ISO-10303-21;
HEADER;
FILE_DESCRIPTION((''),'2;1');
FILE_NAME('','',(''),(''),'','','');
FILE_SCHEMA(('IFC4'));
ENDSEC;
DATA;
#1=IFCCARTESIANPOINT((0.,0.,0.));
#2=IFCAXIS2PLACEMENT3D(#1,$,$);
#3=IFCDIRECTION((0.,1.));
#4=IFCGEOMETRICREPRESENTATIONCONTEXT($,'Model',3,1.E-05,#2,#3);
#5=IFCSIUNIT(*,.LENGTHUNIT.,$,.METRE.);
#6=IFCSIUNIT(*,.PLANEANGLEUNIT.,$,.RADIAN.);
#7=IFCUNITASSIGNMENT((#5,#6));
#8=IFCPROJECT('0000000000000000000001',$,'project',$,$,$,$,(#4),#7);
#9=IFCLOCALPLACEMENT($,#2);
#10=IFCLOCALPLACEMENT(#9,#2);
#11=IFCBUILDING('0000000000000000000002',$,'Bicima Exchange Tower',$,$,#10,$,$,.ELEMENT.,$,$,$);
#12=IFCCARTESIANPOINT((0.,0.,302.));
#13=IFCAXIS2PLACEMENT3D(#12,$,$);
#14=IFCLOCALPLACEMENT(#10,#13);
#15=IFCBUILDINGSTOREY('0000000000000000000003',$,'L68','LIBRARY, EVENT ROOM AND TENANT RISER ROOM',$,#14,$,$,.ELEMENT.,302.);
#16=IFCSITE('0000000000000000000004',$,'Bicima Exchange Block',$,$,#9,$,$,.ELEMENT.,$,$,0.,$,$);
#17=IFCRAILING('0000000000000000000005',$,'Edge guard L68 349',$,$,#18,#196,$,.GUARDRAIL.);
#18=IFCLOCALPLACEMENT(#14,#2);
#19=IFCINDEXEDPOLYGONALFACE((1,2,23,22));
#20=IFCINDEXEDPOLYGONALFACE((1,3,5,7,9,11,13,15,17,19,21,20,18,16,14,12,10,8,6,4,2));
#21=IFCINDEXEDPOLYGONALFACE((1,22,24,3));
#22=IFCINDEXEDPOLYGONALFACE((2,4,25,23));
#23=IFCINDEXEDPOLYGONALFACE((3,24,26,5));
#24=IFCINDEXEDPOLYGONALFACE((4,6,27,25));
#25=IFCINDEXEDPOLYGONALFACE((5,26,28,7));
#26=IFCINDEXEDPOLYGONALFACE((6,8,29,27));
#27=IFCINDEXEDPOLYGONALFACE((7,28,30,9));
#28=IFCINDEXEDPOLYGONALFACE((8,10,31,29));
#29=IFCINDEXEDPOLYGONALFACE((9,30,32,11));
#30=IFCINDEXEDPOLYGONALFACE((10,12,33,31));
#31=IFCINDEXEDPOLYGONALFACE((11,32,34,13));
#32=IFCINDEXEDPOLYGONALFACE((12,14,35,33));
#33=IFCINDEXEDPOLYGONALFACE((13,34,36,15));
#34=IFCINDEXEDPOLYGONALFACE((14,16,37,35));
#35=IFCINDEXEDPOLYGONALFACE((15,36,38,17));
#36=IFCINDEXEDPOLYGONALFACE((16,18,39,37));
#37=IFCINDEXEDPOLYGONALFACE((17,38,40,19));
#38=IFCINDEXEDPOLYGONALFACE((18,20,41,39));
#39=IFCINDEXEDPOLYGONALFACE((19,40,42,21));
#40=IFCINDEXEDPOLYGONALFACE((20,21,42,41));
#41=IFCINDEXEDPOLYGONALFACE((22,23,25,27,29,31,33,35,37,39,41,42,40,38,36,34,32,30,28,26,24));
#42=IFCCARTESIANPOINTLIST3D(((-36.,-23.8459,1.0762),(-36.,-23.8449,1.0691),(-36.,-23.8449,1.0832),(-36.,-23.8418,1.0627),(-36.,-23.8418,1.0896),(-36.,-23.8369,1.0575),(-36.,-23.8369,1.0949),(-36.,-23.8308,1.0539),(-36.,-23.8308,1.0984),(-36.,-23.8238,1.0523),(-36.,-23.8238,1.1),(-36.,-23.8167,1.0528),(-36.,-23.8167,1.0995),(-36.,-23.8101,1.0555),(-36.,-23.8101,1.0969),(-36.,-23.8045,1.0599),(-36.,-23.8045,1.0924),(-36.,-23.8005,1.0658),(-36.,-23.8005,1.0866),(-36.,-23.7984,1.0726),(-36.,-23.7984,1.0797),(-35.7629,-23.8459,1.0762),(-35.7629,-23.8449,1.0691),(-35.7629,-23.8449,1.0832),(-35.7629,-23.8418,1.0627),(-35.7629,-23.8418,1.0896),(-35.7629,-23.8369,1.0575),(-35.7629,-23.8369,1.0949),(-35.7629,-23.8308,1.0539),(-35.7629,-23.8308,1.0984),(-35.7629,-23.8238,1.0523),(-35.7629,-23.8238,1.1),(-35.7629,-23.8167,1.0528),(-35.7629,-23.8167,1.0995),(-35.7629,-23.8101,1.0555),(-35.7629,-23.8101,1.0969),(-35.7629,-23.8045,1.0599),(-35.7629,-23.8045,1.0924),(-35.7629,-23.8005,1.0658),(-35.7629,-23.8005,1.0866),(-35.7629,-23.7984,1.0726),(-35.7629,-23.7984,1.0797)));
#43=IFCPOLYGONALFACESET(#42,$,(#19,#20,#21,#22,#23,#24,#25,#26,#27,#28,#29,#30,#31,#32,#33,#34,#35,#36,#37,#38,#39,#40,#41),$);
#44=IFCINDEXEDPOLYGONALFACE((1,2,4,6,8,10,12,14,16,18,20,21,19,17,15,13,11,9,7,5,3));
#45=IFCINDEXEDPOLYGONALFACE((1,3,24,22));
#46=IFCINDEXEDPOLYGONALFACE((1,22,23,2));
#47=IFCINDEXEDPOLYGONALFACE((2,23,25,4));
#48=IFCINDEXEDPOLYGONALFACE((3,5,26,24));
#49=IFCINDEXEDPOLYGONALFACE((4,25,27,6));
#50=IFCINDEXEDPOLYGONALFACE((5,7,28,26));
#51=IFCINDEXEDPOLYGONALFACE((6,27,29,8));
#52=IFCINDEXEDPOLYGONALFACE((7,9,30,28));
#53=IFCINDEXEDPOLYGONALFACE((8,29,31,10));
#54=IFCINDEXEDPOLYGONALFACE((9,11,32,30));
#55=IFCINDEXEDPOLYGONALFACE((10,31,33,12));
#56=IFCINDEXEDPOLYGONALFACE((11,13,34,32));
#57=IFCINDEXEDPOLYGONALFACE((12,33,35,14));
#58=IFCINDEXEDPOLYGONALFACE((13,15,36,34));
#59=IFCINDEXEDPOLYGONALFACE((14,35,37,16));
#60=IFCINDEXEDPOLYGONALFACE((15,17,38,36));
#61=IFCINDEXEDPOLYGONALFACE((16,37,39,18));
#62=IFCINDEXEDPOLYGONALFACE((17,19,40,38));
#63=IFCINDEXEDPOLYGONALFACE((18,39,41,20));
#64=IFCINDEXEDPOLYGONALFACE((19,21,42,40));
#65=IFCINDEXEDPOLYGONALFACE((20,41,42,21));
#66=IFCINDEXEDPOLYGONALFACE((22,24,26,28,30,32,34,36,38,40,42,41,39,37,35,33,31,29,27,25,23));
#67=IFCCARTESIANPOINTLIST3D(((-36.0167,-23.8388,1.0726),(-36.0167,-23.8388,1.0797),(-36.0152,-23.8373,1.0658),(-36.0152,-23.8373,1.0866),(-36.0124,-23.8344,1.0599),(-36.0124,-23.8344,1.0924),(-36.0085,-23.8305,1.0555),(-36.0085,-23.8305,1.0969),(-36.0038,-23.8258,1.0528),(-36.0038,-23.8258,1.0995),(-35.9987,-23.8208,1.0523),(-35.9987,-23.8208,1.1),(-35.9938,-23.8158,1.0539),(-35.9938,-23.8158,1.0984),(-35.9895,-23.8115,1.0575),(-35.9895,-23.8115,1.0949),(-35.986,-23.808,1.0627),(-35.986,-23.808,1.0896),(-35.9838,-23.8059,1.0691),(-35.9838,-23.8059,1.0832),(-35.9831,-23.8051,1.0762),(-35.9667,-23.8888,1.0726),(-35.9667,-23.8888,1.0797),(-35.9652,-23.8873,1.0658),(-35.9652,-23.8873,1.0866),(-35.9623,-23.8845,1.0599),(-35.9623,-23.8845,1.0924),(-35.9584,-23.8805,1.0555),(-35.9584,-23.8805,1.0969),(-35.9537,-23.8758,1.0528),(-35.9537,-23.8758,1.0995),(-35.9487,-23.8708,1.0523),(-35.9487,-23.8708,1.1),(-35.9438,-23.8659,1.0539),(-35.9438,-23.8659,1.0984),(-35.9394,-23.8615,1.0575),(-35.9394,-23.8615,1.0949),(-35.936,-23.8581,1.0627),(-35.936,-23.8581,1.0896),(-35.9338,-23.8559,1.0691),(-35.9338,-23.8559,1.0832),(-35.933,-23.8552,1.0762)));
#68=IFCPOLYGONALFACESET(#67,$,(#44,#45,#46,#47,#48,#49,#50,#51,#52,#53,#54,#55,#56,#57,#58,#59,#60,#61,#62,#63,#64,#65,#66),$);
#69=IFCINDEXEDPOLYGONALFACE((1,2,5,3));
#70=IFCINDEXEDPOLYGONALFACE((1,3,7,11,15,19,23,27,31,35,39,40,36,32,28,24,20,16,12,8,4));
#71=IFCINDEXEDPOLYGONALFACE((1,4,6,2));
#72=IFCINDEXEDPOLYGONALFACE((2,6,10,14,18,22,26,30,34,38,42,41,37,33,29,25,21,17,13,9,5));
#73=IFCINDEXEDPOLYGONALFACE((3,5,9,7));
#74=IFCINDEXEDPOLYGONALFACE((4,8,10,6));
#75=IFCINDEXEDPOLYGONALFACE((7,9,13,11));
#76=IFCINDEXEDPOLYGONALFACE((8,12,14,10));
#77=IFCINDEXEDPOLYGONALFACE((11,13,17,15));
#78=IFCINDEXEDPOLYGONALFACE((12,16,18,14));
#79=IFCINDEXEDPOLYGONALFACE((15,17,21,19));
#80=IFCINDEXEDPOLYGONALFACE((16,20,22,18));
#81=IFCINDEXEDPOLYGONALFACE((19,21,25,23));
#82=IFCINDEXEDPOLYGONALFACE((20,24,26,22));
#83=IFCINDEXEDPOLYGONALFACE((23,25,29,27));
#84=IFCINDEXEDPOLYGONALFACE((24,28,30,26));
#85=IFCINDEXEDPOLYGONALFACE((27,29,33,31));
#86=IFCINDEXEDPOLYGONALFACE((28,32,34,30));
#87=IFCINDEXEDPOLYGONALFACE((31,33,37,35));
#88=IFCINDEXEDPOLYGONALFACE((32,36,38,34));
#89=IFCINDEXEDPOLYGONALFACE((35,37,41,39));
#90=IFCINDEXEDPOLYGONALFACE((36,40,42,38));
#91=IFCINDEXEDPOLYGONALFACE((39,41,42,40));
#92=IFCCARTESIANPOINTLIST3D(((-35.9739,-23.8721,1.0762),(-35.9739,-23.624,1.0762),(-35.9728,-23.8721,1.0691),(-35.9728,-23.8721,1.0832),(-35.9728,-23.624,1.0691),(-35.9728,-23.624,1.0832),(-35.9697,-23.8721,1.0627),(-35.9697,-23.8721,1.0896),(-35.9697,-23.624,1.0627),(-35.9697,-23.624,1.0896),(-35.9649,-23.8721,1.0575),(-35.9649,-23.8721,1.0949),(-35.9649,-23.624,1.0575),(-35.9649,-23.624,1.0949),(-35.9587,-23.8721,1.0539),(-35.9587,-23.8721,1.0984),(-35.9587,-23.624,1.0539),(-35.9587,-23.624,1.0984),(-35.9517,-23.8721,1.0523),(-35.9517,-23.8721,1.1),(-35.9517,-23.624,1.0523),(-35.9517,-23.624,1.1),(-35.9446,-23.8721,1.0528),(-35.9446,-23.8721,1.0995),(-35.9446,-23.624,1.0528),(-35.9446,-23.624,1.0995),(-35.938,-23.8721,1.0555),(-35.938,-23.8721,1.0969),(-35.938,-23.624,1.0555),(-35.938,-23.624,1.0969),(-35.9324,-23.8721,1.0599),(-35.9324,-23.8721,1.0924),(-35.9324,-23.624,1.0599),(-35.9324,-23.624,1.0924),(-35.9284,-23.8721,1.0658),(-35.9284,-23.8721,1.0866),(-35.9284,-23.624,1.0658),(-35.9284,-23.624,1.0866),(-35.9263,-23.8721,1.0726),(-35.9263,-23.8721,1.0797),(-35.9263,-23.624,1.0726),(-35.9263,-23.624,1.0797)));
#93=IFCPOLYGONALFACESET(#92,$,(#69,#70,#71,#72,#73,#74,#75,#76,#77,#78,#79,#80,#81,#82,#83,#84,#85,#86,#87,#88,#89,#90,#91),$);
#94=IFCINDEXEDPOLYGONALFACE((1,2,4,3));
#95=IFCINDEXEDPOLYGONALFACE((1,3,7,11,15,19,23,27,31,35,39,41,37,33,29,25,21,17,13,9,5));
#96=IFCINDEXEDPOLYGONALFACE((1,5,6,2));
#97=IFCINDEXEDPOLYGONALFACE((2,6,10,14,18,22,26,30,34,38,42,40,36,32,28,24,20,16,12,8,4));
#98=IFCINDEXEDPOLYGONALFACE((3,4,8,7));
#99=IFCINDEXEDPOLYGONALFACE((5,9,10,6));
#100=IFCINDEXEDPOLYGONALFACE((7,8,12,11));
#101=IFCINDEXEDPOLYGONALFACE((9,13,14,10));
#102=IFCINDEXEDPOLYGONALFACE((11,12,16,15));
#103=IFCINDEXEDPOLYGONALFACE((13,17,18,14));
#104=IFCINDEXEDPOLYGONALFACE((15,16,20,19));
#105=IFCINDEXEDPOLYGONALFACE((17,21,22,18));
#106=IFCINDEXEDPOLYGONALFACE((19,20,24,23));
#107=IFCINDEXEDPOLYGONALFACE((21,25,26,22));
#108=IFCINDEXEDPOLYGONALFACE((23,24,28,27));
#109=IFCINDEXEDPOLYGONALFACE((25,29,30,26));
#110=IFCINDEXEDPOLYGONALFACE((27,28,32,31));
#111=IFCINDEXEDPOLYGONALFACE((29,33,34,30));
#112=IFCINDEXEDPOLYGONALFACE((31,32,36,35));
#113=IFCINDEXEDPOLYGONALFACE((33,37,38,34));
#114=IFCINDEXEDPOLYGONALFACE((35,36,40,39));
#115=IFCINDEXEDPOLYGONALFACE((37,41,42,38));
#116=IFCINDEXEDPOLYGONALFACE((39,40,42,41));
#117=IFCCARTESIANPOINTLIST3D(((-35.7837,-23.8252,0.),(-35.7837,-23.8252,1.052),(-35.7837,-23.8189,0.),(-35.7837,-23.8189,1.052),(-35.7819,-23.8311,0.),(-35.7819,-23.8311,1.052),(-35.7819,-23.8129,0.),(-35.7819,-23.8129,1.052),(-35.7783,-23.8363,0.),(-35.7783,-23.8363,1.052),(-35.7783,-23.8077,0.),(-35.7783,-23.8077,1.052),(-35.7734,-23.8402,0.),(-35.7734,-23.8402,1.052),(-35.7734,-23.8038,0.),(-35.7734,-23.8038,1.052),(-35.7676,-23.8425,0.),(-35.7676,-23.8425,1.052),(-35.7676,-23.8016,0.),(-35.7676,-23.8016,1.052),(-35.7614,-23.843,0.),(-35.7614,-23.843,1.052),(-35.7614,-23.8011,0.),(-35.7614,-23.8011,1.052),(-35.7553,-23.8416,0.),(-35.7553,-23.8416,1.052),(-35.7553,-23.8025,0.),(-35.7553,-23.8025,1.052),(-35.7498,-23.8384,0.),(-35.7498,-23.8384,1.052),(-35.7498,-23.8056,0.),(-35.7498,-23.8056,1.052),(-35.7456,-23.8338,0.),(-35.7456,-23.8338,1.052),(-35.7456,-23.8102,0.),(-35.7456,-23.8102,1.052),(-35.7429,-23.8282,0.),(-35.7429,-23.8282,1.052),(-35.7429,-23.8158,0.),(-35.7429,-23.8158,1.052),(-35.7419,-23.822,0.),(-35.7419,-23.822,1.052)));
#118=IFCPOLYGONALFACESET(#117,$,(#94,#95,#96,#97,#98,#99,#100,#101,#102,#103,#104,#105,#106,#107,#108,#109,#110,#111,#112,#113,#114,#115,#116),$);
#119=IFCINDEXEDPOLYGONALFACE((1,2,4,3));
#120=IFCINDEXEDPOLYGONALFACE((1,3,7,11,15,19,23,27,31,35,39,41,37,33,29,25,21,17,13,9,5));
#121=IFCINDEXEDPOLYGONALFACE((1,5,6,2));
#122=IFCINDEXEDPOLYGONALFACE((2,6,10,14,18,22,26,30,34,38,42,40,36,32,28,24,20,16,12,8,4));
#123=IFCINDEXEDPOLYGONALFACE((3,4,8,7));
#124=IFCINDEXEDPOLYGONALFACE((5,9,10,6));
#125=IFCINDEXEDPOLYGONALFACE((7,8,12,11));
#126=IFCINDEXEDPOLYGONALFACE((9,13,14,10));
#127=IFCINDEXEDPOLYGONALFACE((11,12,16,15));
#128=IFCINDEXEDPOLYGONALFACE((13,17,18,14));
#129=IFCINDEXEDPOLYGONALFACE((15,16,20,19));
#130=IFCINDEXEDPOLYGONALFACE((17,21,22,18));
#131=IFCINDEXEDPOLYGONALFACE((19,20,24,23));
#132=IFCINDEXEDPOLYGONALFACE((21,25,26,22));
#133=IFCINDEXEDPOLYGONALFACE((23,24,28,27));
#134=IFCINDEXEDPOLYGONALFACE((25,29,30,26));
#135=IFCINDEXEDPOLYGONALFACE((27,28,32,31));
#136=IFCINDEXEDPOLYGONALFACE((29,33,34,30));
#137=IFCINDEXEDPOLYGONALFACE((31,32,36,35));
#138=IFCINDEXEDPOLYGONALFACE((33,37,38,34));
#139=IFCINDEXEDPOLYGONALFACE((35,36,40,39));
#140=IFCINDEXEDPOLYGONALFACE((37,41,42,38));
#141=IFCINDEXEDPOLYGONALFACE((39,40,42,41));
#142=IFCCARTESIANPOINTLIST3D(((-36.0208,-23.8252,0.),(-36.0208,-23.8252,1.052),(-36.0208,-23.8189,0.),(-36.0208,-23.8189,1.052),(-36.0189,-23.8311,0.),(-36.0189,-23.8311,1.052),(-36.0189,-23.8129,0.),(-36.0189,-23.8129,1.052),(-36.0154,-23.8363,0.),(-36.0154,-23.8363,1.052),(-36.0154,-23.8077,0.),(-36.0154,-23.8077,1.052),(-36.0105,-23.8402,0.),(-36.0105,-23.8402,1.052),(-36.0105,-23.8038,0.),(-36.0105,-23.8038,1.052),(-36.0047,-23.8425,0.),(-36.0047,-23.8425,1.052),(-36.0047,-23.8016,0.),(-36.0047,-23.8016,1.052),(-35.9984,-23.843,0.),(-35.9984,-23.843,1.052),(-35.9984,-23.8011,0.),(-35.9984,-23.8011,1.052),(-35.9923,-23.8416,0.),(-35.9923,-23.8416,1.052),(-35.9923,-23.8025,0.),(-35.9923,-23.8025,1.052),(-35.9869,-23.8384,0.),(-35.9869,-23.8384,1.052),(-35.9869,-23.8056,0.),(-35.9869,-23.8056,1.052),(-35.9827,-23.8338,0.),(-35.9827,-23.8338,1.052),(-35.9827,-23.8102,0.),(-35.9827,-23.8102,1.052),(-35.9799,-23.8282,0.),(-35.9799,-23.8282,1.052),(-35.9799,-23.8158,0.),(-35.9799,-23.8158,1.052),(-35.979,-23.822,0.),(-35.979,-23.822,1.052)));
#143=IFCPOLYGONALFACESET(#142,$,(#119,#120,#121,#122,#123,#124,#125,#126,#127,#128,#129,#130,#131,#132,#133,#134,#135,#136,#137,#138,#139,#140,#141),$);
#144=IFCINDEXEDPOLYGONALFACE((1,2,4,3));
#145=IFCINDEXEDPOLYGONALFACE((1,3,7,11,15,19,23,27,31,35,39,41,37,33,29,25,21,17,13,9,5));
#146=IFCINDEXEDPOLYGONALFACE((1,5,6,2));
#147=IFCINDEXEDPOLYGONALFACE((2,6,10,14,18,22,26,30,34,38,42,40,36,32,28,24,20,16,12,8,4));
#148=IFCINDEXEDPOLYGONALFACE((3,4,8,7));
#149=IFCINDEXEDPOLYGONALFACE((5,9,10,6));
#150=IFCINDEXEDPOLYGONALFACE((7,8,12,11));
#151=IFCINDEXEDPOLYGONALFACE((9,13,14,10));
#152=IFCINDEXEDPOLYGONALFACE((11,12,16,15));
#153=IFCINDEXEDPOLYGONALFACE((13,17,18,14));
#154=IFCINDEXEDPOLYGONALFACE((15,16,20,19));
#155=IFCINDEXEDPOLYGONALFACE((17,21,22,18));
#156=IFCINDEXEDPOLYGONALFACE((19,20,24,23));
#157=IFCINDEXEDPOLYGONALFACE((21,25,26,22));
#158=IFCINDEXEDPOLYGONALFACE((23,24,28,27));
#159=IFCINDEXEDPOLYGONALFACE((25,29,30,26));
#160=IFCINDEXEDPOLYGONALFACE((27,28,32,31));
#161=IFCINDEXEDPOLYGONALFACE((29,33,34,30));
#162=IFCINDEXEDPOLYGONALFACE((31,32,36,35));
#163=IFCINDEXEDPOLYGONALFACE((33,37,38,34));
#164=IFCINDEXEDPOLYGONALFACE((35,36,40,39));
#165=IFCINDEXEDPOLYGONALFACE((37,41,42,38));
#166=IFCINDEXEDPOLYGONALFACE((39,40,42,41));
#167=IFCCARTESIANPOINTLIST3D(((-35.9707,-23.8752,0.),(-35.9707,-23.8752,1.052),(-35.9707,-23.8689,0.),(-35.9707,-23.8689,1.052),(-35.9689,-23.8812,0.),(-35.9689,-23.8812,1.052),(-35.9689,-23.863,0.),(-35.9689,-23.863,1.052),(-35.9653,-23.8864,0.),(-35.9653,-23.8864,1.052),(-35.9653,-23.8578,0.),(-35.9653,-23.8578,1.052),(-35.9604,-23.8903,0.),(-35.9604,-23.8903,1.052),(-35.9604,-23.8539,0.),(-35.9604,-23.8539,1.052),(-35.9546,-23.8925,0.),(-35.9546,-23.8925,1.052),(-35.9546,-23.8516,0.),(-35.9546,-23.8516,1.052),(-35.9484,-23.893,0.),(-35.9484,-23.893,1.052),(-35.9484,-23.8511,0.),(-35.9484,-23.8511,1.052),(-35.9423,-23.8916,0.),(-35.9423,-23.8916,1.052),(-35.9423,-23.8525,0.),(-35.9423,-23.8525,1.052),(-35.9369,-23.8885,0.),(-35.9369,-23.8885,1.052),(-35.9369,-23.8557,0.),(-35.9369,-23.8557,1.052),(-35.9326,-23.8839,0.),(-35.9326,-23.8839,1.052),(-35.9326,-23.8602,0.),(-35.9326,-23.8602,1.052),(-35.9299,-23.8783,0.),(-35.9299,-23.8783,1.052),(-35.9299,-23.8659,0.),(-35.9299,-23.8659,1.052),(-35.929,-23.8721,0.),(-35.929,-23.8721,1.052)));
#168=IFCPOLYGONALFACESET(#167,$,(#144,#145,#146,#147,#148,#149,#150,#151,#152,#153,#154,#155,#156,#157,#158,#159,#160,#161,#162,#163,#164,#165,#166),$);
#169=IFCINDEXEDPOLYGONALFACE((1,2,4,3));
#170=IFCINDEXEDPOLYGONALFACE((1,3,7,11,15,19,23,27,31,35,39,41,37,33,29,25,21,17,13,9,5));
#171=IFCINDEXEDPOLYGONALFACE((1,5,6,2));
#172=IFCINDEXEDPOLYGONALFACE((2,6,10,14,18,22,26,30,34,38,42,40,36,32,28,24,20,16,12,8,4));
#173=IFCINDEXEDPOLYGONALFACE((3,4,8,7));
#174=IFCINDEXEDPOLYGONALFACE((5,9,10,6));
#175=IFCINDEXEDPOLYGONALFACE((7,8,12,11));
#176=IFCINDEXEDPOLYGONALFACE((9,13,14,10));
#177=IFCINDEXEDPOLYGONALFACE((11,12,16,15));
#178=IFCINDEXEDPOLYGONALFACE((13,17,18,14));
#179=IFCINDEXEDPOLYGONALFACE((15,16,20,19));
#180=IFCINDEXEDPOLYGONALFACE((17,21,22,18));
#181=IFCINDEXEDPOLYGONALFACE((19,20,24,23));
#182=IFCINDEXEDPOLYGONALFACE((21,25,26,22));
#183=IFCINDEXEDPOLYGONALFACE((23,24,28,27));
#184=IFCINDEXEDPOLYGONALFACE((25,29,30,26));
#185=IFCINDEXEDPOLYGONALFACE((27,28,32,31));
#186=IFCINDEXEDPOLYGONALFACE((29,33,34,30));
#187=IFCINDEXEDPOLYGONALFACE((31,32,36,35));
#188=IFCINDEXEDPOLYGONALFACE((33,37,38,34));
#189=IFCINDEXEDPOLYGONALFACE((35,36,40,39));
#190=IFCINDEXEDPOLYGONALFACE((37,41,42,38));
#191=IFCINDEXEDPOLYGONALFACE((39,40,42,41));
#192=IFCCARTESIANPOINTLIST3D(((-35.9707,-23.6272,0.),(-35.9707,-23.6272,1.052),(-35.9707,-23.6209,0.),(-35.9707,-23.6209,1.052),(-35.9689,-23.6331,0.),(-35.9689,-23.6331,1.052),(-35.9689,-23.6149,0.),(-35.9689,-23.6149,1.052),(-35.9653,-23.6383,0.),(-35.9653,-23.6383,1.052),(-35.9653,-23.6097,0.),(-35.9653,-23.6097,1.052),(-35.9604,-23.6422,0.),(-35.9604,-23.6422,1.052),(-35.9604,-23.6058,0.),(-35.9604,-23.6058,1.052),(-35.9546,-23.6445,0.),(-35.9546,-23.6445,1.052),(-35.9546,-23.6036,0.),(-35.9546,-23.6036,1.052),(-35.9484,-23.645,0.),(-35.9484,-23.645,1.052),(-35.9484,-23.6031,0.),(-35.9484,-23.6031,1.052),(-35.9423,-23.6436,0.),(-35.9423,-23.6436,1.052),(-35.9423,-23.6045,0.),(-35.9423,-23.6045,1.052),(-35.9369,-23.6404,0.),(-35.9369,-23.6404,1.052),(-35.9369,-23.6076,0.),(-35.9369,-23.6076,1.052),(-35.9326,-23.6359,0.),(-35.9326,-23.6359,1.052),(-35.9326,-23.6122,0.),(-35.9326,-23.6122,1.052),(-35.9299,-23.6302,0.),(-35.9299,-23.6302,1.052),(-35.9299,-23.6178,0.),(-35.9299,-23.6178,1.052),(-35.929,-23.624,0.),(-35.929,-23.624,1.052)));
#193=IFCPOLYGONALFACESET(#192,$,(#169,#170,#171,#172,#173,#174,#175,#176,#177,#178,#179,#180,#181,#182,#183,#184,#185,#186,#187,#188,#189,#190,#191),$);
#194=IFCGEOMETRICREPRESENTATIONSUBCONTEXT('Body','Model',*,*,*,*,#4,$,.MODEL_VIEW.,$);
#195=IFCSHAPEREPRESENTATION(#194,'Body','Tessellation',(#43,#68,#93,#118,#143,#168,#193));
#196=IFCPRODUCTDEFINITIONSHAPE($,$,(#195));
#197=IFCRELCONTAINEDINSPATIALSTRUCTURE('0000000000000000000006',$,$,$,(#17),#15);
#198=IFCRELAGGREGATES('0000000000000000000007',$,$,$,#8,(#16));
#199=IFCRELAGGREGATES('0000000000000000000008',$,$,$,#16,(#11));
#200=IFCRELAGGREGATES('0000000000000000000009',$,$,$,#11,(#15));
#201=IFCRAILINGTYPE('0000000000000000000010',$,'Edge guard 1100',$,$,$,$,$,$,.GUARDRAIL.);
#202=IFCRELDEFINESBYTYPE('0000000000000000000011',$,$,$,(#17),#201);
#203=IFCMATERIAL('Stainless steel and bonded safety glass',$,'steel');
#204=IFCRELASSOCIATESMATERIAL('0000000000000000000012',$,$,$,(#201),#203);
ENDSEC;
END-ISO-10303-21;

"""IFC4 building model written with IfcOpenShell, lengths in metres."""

from ifc_helpers import new_model, si_unit, direction, frame, origin, origin_2d, place, context, subcontext, project, spatial, circle, extrude, material, type_object, element, save


model = new_model("IFC4")

# Units and contexts
model_context = context("Model", 3, precision=1e-05, world=origin(), true_north=direction((0.0, 1.0)))
body_context = subcontext(model_context, "Body", "Model", "MODEL_VIEW")
ifc_project = project(units=[si_unit("LENGTHUNIT", "METRE"), si_unit("PLANEANGLEUNIT", "RADIAN")], contexts=[model_context])

# Site, building, storey
site_placement = place(None, origin())
site = spatial("IfcSite", under=ifc_project, at=site_placement, Name="Bicima Exchange Block", CompositionType="ELEMENT", RefElevation=0.0)
building_placement = place(site_placement, origin())
building = spatial("IfcBuilding", under=site, at=building_placement, Name="Bicima Exchange Tower", CompositionType="ELEMENT")
storey_placement = place(building_placement, frame((0.0, 0.0, 302.0)))
storey = spatial("IfcBuildingStorey", under=building, at=storey_placement, Name="L68", Description="LIBRARY, EVENT ROOM AND TENANT RISER ROOM", CompositionType="ELEMENT", Elevation=302.0)

# Railing
ifc_material_1 = material(Name="Stainless steel and bonded safety glass", Category="steel")
railing_type = type_object("IfcRailingType", Name="Edge guard 1100", PredefinedType="GUARDRAIL", material=ifc_material_1)
railing_1_placement = place(storey_placement, frame((-35.7629, -23.822, 0.0)))
element("IfcRailing", 1, at=railing_1_placement, inside=storey, type_object=railing_type, Name="Edge guard L68 349", PredefinedType="GUARDRAIL", context=body_context, shape_type="SweptSolid", body=[
    extrude(circle(Radius=0.0239, at=origin_2d()), frame((0.0, 0.0, 1.0762), z_axis=(-1.0, 0.0, 0.0), x_axis=(0.0, -1.0, 0.0)), (0.0, 0.0, 1.0), 0.2371),
    extrude(circle(Radius=0.0239, at=origin_2d()), frame((-0.2371, 0.0, 1.0762), z_axis=(0.707107, -0.707107, 0.0), x_axis=(0.707107, 0.707107, 0.0)), (0.0, 0.0, 1.0), 0.0708),
    extrude(circle(Radius=0.0239, at=origin_2d()), frame((-0.187, -0.05, 1.0762), z_axis=(0.0, 1.0, 0.0), x_axis=(-1.0, 0.0, 0.0)), (0.0, 0.0, 1.0), 0.248),
    extrude(circle(Radius=0.021, at=origin_2d()), origin(), (0.0, 0.0, 1.0), 1.052),
    extrude(circle(Radius=0.021, at=origin_2d()), frame((-0.2371, 0.0, 0.0)), (0.0, 0.0, 1.0), 1.052),
    extrude(circle(Radius=0.021, at=origin_2d()), frame((-0.187, -0.05, 0.0)), (0.0, 0.0, 1.0), 1.052),
    extrude(circle(Radius=0.021, at=origin_2d()), frame((-0.187, 0.198, 0.0)), (0.0, 0.0, 1.0), 1.052),
])

save(model, "model.ifc")
